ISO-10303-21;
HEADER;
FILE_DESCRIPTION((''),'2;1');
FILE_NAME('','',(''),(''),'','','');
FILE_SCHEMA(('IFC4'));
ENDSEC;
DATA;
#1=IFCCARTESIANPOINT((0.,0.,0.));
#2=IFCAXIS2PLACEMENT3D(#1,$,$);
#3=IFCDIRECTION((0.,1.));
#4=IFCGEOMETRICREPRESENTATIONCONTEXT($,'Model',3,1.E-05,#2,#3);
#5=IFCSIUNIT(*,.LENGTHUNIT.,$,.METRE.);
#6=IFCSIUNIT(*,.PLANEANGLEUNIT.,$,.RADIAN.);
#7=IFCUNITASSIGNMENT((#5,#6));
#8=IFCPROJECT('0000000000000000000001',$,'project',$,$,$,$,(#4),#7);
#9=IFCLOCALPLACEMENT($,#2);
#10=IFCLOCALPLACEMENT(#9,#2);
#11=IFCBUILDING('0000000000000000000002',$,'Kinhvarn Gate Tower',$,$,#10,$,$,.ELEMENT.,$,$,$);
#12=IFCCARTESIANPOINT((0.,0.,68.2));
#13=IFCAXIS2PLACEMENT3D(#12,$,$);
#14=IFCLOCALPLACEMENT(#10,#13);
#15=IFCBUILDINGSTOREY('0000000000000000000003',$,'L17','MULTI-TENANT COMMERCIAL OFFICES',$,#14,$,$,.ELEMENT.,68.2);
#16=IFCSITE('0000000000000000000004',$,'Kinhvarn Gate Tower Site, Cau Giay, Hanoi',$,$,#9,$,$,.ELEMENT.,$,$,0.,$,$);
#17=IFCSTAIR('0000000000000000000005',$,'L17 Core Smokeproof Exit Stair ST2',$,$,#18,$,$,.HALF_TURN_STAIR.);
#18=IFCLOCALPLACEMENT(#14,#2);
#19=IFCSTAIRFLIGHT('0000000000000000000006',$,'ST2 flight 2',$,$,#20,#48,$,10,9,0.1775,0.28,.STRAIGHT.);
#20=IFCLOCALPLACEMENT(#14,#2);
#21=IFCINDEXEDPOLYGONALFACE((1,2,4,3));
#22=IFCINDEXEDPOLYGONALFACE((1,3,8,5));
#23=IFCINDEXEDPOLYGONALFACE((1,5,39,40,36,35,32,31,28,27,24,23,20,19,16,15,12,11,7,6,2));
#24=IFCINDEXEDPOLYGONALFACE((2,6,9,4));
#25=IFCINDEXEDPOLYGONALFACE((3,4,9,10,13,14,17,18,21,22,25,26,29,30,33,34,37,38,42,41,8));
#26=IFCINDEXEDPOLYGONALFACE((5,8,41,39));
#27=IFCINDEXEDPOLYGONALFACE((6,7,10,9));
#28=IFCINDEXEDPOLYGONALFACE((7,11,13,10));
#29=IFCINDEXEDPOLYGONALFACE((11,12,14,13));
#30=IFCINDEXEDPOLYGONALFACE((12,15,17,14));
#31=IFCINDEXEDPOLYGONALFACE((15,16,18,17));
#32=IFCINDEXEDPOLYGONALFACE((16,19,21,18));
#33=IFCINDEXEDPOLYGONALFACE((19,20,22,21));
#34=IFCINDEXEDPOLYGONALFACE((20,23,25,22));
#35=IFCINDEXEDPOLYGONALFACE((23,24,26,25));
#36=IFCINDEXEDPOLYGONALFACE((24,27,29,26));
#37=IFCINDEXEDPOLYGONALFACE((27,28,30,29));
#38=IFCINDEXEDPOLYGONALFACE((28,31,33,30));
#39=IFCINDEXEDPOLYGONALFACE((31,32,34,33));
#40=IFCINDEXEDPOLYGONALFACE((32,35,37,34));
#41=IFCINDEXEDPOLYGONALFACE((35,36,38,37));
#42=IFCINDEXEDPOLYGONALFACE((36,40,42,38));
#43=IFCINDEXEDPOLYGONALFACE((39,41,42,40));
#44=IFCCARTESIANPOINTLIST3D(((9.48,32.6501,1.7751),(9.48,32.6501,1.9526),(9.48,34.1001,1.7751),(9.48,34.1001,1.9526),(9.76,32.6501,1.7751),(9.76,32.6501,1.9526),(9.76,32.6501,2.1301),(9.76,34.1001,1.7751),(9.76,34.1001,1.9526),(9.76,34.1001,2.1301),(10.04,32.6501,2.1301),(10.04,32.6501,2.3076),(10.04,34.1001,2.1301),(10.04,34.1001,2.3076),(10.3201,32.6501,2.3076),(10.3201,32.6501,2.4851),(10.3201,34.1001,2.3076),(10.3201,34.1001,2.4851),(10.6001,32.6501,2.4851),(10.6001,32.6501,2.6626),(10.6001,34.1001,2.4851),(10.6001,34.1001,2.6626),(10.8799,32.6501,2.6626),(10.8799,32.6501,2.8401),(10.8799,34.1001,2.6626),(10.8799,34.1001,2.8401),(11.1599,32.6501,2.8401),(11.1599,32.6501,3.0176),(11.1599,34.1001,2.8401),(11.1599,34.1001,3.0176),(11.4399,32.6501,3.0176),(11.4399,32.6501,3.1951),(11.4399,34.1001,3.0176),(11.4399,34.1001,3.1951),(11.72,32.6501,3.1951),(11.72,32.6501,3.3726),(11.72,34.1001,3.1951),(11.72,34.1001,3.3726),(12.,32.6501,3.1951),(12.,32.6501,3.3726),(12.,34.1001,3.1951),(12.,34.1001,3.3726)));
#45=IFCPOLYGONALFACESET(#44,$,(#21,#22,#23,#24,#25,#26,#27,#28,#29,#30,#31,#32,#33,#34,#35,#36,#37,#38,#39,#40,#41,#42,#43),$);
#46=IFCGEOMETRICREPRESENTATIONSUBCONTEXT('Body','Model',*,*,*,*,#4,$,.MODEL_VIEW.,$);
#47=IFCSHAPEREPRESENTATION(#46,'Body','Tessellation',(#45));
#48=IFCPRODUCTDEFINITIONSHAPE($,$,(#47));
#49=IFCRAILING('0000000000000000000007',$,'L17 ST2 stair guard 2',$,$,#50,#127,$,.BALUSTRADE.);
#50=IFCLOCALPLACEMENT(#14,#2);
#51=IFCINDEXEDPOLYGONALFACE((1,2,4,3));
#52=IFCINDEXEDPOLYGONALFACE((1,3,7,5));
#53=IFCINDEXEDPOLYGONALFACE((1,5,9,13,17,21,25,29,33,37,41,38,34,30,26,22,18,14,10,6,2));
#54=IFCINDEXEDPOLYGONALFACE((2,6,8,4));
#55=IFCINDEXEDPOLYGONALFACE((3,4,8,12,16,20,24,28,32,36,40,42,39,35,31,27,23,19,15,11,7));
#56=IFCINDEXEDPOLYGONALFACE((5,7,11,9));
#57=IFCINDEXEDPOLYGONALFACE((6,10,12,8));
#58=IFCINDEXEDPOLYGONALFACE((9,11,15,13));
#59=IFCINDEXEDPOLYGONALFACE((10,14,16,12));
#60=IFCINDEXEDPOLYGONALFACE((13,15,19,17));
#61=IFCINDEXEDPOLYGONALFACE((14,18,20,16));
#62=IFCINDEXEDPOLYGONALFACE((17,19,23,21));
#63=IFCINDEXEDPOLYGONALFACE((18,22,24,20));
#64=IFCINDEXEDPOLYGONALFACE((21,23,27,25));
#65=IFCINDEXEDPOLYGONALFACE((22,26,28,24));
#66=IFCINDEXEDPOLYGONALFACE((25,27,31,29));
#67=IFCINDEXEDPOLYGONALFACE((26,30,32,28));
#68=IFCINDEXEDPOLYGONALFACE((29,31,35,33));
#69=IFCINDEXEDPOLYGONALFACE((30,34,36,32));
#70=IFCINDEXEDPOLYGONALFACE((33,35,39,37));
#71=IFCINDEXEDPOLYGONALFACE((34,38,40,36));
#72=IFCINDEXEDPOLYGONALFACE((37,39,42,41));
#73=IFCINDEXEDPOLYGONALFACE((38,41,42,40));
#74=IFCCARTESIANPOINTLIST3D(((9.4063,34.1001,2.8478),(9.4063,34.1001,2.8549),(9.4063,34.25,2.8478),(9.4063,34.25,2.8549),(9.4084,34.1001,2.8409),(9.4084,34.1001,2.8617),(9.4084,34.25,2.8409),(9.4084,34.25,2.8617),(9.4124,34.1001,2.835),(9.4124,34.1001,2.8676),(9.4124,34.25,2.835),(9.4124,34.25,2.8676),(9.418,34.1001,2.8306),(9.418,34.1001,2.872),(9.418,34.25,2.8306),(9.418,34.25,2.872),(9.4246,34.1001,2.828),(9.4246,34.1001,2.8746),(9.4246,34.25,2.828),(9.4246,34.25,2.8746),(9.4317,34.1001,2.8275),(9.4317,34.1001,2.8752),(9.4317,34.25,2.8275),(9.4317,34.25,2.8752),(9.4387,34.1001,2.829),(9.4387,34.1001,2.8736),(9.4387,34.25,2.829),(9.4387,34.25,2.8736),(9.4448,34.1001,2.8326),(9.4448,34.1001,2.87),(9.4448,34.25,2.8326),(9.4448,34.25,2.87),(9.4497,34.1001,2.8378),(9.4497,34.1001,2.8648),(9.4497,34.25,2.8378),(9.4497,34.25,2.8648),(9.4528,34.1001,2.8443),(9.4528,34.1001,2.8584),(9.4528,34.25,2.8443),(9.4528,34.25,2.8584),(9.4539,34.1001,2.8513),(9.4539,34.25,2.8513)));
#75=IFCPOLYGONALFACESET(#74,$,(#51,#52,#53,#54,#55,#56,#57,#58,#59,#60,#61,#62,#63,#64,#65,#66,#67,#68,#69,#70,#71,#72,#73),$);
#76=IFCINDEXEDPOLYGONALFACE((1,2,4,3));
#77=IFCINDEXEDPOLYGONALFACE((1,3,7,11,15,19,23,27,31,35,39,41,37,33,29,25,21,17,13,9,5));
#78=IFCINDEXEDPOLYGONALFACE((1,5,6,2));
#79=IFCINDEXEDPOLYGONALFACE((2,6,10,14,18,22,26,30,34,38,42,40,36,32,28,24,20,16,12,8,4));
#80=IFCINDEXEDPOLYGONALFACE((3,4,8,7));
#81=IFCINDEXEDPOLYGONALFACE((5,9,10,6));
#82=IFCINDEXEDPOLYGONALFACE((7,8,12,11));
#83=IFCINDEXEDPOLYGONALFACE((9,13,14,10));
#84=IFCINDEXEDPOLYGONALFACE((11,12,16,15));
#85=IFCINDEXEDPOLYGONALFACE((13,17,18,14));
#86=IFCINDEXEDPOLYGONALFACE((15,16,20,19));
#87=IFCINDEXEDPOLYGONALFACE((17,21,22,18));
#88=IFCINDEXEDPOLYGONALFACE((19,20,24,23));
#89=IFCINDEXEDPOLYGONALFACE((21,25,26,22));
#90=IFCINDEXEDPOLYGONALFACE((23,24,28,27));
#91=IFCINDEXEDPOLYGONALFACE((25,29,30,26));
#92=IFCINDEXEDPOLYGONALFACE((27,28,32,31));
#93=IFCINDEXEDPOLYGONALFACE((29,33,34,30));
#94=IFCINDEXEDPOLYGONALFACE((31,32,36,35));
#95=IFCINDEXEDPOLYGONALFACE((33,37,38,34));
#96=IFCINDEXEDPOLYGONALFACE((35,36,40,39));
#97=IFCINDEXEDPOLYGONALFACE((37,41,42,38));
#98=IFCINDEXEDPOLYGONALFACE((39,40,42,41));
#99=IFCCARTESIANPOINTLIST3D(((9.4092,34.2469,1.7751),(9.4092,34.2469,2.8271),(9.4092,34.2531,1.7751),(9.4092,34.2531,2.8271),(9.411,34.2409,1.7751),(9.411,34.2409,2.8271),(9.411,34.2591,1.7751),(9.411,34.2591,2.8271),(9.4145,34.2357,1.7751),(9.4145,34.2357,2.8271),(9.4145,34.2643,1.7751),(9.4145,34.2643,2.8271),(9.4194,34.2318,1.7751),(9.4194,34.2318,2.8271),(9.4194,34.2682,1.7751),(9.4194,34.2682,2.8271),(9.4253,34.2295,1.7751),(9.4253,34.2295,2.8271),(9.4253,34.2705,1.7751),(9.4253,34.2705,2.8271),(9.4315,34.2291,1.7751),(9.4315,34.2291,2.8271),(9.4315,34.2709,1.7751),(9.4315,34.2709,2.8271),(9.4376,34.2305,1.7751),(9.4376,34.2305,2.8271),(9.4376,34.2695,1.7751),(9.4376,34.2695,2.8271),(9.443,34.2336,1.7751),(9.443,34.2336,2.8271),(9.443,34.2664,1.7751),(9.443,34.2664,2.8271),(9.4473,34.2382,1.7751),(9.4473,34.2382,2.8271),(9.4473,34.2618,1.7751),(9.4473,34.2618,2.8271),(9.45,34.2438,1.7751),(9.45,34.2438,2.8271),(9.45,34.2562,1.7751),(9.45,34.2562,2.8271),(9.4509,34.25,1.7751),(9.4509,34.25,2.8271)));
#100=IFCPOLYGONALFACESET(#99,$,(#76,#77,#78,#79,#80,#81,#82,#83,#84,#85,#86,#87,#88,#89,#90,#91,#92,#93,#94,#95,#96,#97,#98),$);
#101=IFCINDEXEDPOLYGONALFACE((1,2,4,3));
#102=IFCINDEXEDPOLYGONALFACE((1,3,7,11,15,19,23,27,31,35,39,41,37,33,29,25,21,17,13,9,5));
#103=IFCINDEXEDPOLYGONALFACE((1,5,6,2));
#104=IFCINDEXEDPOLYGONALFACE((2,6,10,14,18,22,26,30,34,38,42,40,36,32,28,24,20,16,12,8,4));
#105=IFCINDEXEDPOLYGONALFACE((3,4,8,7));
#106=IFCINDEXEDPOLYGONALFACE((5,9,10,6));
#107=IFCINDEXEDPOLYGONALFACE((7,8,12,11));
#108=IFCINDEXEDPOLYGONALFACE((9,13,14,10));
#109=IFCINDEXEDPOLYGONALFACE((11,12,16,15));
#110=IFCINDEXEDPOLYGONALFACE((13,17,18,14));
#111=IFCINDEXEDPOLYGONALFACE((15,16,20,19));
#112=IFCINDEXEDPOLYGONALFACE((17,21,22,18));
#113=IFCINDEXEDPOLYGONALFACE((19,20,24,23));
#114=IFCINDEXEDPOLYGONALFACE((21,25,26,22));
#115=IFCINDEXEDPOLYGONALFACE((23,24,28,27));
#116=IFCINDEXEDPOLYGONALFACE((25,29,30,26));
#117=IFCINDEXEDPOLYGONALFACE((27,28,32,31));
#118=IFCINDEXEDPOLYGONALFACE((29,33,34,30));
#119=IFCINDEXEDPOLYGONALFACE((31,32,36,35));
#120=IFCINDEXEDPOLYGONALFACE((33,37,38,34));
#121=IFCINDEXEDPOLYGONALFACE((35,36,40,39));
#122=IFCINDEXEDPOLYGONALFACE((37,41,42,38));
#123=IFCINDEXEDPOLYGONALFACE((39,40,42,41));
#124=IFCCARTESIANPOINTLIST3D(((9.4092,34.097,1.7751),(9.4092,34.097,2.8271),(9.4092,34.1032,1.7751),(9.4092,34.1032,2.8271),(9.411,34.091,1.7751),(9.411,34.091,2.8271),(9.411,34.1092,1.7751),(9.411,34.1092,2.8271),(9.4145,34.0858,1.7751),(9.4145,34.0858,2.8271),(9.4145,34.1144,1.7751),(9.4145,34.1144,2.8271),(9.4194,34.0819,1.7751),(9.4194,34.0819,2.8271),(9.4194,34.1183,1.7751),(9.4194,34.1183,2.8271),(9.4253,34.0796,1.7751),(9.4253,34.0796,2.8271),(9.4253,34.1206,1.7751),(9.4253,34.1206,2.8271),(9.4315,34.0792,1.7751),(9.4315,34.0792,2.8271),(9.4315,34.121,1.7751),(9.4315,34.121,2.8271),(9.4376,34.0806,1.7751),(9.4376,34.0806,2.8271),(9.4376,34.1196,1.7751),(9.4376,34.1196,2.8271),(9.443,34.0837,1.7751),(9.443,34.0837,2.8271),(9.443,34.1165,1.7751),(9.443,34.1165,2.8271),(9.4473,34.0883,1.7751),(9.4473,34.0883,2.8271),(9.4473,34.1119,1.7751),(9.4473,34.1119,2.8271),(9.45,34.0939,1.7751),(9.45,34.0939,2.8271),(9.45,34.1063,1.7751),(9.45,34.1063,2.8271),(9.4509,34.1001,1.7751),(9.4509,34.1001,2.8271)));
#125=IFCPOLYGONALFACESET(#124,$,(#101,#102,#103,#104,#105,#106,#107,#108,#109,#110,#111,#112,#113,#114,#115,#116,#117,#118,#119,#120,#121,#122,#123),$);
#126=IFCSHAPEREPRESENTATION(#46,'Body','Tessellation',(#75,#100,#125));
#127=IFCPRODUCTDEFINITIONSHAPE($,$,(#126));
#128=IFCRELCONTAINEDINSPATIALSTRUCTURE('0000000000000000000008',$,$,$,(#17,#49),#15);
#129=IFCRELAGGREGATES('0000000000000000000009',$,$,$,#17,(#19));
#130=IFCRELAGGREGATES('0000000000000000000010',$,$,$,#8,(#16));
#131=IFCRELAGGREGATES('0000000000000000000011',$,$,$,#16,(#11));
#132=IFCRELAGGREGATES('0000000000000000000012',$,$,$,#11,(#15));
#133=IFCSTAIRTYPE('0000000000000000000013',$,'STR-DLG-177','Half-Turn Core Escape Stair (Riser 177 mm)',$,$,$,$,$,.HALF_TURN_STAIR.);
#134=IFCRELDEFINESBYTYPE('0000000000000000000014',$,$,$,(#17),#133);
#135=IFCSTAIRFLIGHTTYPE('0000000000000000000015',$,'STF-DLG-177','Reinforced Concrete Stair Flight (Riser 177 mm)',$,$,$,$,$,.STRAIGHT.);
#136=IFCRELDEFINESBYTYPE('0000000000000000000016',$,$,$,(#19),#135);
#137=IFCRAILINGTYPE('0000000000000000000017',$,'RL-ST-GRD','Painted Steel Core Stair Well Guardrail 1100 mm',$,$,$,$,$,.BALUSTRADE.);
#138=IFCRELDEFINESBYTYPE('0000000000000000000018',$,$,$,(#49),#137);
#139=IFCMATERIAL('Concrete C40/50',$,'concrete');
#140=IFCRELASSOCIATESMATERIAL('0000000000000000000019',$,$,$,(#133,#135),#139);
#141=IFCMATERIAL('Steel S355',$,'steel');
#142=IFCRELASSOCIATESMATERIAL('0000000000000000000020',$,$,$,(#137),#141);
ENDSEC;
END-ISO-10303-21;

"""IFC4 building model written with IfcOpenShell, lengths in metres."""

from ifc_helpers import new_model, si_unit, direction, frame, origin, origin_2d, place, context, subcontext, project, spatial, polyline, circle, outline, extrude, material, type_object, element, aggregate, save


model = new_model("IFC4")

# Units and contexts
model_context = context("Model", 3, precision=1e-05, world=origin(), true_north=direction((0.0, 1.0)))
body_context = subcontext(model_context, "Body", "Model", "MODEL_VIEW")
ifc_project = project(units=[si_unit("LENGTHUNIT", "METRE"), si_unit("PLANEANGLEUNIT", "RADIAN")], contexts=[model_context])

# Site, building, storey
site_placement = place(None, origin())
site = spatial("IfcSite", under=ifc_project, at=site_placement, Name="Kinhvarn Gate Tower Site, Cau Giay, Hanoi", CompositionType="ELEMENT", RefElevation=0.0)
building_placement = place(site_placement, origin())
building = spatial("IfcBuilding", under=site, at=building_placement, Name="Kinhvarn Gate Tower", CompositionType="ELEMENT")
storey_placement = place(building_placement, frame((0.0, 0.0, 68.2)))
storey = spatial("IfcBuildingStorey", under=building, at=storey_placement, Name="L17", Description="MULTI-TENANT COMMERCIAL OFFICES", CompositionType="ELEMENT", Elevation=68.2)

# Shared definitions
ifc_material_1 = material(Name="Steel S355", Category="steel")

# Shared definitions
ifc_material_2 = material(Name="Concrete C40/50", Category="concrete")

# Stair, stair flight
stair_type = type_object("IfcStairType", Name="STR-DLG-177", Description="Half-Turn Core Escape Stair (Riser 177 mm)", PredefinedType="HALF_TURN_STAIR", material=ifc_material_2)
stair_placement = place(storey_placement, origin())
stair = element("IfcStair", 1, at=stair_placement, inside=storey, type_object=stair_type, Name="L17 Core Smokeproof Exit Stair ST2", PredefinedType="HALF_TURN_STAIR")
stair_flight_type = type_object("IfcStairFlightType", Name="STF-DLG-177", Description="Reinforced Concrete Stair Flight (Riser 177 mm)", PredefinedType="STRAIGHT", material=ifc_material_2)
stair_flight_placement = place(storey_placement, frame((9.48, 33.375, 1.7751), z_axis=(0.0, 0.0, 1.0), x_axis=(1.0, 0.0, 0.0)))
stair_flight = element("IfcStairFlight", 2, at=stair_flight_placement, type_object=stair_flight_type, Name="ST2 flight 2", NumberOfRisers=10, NumberOfTreads=9, PredefinedType="STRAIGHT", RiserHeight=0.1775, TreadLength=0.28, context=body_context, shape_type="SweptSolid", body=[
    extrude(outline(polyline([(0.0, 0.0), (0.0, 0.1775), (0.28, 0.1775), (0.28, 0.355), (0.5601, 0.355), (0.5601, 0.5325), (0.8401, 0.5325), (0.8401, 0.71), (1.1201, 0.71), (1.1201, 0.8875), (1.3999, 0.8875), (1.3999, 1.0649), (1.6799, 1.0649), (1.6799, 1.2424), (1.96, 1.2424), (1.96, 1.4199), (2.24, 1.4199), (2.24, 1.5974), (2.52, 1.5974), (2.52, 1.7749), (2.52, 1.4199), (0.28, 0.0), (0.0, 0.0)])), frame((0.0, 0.7251, 0.0), z_axis=(0.0, -1.0, 0.0), x_axis=(1.0, 0.0, 0.0)), (0.0, 0.0, 1.0), 1.45),
])
aggregate(stair, [stair_flight])

# Railing
railing_type_1 = type_object("IfcRailingType", Name="RL-ST-GRD", Description="Painted Steel Core Stair Well Guardrail 1100 mm", PredefinedType="BALUSTRADE", material=ifc_material_1)
railing_1_placement = place(storey_placement, frame((9.4299, 34.25, 1.7751)))
element("IfcRailing", 3, at=railing_1_placement, inside=storey, type_object=railing_type_1, Name="L17 ST2 stair guard 2", PredefinedType="BALUSTRADE", context=body_context, shape_type="SweptSolid", body=[
    extrude(circle(Radius=0.0239, at=origin_2d()), frame((0.0, 0.0, 1.0762), z_axis=(0.0, -1.0, 0.0), x_axis=(1.0, 0.0, 0.0)), (0.0, 0.0, 1.0), 0.1499),
    extrude(circle(Radius=0.021, at=origin_2d()), origin(), (0.0, 0.0, 1.0), 1.052),
    extrude(circle(Radius=0.021, at=origin_2d()), frame((0.0, -0.1499, 0.0)), (0.0, 0.0, 1.0), 1.052),
])

save(model, "model.ifc")
